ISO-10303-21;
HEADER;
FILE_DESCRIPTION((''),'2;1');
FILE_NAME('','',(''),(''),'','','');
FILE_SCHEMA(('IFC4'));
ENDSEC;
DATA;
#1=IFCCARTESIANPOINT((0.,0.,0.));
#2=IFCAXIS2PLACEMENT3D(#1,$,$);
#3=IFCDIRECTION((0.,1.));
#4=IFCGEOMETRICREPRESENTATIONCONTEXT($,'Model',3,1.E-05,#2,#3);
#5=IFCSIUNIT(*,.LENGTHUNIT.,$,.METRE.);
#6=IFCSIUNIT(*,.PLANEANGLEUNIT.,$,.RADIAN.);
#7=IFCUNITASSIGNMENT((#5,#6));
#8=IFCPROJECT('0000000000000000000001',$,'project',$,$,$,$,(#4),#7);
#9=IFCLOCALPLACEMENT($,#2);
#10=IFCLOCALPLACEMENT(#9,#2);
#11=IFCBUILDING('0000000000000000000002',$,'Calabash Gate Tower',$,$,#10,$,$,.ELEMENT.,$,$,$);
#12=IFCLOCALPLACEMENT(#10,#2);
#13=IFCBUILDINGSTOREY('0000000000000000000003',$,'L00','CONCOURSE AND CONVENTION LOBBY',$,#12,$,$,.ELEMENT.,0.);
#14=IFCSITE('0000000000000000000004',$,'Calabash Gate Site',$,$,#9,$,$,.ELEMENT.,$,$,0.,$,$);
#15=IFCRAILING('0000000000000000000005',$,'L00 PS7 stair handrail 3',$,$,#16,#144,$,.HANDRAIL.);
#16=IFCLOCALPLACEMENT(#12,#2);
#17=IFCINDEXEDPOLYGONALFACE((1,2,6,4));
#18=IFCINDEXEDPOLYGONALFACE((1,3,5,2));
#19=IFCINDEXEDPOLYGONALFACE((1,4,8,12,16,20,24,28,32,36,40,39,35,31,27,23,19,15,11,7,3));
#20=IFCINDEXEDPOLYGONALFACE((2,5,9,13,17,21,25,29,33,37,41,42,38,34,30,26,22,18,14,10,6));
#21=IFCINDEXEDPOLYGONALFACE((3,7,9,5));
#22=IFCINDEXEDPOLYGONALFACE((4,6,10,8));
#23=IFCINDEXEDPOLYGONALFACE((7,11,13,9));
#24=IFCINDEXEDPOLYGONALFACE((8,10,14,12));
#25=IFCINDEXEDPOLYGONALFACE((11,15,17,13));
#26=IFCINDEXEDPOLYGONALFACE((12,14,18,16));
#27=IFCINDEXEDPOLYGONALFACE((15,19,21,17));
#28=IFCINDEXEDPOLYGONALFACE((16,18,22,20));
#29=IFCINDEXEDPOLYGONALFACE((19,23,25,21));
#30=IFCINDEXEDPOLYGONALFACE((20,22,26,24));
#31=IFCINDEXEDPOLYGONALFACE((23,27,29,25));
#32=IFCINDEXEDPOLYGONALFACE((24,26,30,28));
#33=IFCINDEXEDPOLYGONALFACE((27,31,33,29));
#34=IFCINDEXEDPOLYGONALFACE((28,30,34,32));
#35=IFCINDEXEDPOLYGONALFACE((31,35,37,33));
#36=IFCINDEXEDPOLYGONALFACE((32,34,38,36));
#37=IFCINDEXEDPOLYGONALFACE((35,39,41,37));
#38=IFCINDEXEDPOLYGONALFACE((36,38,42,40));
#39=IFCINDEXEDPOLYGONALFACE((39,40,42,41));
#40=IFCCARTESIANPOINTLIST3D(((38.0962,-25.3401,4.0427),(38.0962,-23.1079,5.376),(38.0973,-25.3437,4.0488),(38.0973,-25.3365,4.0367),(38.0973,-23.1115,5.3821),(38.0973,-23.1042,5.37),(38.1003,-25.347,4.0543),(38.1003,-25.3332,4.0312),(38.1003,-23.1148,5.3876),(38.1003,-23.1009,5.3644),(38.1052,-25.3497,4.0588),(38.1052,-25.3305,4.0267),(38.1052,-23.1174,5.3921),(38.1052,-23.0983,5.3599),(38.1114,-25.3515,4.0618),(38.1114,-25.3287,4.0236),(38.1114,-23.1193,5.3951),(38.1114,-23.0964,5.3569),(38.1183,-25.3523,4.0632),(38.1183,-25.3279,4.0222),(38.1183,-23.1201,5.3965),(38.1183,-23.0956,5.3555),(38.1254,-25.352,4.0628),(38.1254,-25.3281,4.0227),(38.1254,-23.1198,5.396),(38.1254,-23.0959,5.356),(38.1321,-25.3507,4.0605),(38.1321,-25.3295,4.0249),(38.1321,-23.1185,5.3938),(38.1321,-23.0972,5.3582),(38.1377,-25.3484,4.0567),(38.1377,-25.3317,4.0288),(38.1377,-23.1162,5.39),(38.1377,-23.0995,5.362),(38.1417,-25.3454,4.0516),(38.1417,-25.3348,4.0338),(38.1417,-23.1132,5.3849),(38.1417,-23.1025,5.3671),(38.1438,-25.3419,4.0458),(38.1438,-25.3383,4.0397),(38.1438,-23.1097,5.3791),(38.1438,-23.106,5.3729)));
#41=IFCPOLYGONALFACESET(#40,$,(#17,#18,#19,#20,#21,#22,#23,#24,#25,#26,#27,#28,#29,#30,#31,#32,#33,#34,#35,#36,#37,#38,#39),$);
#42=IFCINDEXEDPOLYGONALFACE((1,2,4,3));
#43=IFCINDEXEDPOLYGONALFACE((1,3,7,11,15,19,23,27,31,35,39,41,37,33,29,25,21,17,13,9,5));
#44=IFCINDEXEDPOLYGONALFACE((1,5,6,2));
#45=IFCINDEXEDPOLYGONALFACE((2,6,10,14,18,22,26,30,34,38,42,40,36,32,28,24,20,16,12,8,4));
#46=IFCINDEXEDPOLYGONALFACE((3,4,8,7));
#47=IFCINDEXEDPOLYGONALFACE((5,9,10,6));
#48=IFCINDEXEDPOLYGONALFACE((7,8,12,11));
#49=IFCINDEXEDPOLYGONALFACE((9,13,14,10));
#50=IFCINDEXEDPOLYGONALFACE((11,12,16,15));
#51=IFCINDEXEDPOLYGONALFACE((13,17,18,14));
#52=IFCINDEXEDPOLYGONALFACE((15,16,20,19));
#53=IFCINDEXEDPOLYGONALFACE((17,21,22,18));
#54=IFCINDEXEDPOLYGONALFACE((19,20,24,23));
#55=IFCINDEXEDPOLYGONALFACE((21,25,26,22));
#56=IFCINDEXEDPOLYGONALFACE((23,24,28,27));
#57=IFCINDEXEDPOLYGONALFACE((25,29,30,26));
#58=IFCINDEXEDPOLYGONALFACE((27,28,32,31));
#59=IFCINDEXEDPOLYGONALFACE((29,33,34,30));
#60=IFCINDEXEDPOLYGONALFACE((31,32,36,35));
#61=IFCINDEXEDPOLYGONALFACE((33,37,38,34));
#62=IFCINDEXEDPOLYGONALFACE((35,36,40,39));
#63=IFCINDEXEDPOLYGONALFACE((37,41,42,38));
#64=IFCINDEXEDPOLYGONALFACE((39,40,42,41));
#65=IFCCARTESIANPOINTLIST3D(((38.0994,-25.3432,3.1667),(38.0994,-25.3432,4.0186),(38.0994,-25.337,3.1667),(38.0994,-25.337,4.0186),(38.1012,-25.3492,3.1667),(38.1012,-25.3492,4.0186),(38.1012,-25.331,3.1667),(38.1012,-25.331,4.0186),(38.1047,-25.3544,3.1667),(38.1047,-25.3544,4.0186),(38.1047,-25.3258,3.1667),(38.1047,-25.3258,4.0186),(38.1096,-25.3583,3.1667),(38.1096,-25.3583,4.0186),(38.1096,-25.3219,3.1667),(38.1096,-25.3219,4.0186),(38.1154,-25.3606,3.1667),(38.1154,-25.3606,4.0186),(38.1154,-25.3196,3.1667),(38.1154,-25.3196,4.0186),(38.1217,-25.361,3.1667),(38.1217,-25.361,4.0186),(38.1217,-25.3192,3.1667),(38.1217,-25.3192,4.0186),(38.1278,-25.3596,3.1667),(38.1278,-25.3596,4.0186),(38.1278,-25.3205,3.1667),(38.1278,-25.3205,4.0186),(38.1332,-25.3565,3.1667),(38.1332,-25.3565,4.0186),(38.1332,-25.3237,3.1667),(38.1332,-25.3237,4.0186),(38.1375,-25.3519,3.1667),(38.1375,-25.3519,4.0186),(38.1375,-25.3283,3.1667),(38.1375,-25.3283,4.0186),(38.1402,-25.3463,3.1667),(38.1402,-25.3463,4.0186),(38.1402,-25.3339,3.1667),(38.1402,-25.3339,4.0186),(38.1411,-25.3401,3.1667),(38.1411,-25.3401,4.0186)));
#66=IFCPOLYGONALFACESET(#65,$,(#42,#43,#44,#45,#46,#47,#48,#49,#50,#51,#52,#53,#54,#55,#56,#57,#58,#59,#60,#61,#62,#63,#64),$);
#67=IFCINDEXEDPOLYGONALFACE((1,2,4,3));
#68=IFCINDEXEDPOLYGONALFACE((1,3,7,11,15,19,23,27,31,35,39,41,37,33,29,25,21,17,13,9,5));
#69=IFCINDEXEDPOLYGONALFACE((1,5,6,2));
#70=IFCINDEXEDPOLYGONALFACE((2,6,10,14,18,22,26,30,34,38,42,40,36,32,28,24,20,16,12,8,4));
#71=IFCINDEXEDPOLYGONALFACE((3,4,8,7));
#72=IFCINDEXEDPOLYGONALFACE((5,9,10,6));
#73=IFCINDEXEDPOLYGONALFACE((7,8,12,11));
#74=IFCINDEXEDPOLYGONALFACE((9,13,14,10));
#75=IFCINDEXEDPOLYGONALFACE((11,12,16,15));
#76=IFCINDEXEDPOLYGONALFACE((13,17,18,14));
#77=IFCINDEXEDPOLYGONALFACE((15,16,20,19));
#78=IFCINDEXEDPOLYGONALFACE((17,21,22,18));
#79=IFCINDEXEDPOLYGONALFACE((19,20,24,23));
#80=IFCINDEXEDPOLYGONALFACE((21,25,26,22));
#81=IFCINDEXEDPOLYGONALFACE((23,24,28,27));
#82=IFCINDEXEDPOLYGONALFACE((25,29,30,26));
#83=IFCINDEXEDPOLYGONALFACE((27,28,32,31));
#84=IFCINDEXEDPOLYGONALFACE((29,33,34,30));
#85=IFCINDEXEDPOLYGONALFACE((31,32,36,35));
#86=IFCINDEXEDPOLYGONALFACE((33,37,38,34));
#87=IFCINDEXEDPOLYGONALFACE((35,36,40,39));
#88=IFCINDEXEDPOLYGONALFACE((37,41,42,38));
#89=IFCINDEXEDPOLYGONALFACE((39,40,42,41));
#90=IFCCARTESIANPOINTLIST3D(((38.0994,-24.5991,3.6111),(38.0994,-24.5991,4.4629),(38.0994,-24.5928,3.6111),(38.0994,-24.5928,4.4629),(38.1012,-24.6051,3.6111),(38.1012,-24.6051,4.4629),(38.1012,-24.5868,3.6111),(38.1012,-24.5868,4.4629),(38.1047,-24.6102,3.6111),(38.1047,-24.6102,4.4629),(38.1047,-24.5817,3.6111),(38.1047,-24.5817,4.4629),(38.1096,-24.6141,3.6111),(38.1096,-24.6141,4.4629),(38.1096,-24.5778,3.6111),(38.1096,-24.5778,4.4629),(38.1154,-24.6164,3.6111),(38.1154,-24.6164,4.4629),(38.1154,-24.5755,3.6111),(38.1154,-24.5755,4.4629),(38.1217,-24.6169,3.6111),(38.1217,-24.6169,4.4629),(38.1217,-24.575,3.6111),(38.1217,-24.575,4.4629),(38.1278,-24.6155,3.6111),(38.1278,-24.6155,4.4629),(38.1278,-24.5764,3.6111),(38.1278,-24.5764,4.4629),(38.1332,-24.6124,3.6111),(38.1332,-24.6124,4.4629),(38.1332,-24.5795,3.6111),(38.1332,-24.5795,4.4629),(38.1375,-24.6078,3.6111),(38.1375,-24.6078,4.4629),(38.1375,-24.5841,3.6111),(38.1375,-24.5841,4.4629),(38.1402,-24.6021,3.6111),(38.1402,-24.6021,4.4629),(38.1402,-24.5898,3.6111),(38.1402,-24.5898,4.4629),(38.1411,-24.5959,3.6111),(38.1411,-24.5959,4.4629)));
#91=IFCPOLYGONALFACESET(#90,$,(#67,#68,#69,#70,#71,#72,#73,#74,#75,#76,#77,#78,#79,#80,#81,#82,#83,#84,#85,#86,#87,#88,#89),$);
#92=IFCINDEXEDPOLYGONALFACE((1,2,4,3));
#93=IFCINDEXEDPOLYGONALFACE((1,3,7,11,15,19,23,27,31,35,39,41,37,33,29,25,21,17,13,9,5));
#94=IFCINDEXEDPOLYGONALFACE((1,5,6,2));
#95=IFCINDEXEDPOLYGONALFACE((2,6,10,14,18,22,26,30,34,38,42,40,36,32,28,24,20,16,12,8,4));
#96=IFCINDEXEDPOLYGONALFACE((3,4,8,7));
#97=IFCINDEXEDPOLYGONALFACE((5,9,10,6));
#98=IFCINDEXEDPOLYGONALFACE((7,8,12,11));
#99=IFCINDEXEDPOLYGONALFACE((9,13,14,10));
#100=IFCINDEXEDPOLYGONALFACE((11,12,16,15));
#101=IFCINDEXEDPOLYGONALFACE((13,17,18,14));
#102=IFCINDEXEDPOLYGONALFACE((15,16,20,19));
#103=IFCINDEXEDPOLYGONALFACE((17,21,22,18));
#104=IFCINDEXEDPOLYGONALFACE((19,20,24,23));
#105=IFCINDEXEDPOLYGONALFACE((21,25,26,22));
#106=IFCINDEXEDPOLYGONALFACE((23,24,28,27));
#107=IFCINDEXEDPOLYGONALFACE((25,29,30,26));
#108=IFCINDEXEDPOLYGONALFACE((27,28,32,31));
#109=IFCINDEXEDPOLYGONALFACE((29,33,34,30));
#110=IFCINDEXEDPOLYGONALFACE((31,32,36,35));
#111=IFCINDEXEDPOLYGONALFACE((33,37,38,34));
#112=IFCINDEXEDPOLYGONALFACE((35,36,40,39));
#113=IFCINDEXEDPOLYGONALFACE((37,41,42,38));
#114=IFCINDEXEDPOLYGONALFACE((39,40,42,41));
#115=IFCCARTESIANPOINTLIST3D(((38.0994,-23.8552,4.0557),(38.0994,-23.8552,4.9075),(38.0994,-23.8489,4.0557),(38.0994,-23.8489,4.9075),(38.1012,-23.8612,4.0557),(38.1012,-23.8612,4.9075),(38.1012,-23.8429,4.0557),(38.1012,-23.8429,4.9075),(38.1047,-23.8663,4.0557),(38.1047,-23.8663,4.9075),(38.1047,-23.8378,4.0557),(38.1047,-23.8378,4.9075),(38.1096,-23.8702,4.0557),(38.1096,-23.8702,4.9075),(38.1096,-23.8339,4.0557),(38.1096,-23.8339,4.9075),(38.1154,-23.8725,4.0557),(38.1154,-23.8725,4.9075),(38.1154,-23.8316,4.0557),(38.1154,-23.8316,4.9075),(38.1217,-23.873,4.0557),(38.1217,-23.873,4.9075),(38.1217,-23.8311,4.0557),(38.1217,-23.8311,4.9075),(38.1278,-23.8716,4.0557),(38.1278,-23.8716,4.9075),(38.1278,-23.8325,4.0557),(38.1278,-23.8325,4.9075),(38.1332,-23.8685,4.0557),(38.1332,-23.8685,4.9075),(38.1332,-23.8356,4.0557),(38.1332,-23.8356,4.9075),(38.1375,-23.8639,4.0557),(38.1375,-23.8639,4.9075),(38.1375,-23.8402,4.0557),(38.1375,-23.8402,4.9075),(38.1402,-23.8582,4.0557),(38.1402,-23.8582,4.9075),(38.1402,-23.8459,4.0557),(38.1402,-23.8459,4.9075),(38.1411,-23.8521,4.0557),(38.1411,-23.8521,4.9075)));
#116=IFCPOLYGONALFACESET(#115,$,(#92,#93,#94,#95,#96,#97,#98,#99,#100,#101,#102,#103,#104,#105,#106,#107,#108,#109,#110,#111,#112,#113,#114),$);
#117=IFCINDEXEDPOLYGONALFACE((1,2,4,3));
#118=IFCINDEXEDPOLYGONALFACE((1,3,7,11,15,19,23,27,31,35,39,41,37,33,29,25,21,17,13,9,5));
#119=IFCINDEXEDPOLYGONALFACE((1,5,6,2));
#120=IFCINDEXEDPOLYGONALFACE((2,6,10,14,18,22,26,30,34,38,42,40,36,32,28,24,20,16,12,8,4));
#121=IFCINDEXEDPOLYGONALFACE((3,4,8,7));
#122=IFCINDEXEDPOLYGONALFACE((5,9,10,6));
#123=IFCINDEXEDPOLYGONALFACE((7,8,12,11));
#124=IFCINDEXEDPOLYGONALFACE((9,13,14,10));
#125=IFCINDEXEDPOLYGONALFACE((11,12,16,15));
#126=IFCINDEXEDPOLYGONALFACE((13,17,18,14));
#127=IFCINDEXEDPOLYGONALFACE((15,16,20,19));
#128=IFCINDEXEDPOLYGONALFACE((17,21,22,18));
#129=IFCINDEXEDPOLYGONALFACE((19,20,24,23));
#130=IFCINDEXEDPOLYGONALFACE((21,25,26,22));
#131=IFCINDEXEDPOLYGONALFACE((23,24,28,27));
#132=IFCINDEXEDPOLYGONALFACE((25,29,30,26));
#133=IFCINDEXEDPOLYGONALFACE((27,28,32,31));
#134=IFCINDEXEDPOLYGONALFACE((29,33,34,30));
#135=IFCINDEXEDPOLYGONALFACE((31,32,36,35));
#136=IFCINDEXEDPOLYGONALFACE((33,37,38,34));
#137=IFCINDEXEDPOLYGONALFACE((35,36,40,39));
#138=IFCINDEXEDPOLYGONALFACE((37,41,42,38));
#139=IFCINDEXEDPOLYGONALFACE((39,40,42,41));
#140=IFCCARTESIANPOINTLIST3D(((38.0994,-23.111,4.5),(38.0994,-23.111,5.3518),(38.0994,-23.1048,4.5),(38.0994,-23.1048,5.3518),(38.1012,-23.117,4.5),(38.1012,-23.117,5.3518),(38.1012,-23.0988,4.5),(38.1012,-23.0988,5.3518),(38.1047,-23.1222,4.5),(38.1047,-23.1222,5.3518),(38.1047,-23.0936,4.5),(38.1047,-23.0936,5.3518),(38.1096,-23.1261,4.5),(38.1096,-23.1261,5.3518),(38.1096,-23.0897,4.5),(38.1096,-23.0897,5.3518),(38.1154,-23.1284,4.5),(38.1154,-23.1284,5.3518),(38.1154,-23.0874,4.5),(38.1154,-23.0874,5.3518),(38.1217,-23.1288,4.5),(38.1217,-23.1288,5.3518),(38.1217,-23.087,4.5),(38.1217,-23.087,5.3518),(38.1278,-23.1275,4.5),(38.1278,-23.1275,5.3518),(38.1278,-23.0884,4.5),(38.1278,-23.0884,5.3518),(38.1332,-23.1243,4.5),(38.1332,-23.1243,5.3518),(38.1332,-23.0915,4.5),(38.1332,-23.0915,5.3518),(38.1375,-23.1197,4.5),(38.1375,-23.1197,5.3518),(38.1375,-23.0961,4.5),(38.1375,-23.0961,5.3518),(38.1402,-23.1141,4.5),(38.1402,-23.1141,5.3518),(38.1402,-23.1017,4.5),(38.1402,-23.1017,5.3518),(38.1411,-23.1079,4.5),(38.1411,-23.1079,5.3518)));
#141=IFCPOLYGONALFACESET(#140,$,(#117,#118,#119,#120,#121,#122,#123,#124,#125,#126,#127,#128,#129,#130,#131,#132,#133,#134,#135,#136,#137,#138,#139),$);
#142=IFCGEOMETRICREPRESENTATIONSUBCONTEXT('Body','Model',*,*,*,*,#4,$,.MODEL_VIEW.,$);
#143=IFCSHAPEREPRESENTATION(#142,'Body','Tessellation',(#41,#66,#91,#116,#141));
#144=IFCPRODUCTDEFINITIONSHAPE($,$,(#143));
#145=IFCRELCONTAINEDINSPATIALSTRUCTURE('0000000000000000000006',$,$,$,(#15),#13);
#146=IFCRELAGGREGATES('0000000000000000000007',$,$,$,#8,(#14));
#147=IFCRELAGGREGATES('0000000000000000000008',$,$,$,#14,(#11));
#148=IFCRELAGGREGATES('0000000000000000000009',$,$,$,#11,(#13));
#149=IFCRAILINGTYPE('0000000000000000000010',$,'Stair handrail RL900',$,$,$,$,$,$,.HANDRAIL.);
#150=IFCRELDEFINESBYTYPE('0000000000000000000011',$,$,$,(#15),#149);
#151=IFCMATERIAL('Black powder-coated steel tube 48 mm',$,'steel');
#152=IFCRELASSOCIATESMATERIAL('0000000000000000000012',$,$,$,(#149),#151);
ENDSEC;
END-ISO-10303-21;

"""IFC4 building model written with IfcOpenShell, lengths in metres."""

from ifc_helpers import new_model, si_unit, direction, frame, origin, origin_2d, place, context, subcontext, project, spatial, circle, extrude, material, type_object, element, save


model = new_model("IFC4")

# Units and contexts
model_context = context("Model", 3, precision=1e-05, world=origin(), true_north=direction((0.0, 1.0)))
body_context = subcontext(model_context, "Body", "Model", "MODEL_VIEW")
ifc_project = project(units=[si_unit("LENGTHUNIT", "METRE"), si_unit("PLANEANGLEUNIT", "RADIAN")], contexts=[model_context])

# Site, building, storey
site_placement = place(None, origin())
site = spatial("IfcSite", under=ifc_project, at=site_placement, Name="Calabash Gate Site", CompositionType="ELEMENT", RefElevation=0.0)
building_placement = place(site_placement, origin())
building = spatial("IfcBuilding", under=site, at=building_placement, Name="Calabash Gate Tower", CompositionType="ELEMENT")
storey_placement = place(building_placement, origin())
storey = spatial("IfcBuildingStorey", under=building, at=storey_placement, Name="L00", Description="CONCOURSE AND CONVENTION LOBBY", CompositionType="ELEMENT", Elevation=0.0)

# Railing
ifc_material_1 = material(Name="Black powder-coated steel tube 48 mm", Category="steel")
railing_type_1 = type_object("IfcRailingType", Name="Stair handrail RL900", PredefinedType="HANDRAIL", material=ifc_material_1)
for number, where, name in (
    (1, (38.1201, -25.3401, 3.1667), "L00 PS7 stair handrail 3"),
):
    element("IfcRailing", number, at=place(storey_placement, frame(where)), inside=storey, type_object=railing_type_1, Name=name, PredefinedType="HANDRAIL", context=body_context, shape_type="SweptSolid", body=[
        extrude(circle(Radius=0.0239, at=origin_2d()), frame((0.0, 0.0, 0.876), z_axis=(0.0, 0.858519, 0.512782), x_axis=(-1.0, 0.0, 0.0)), (0.0, 0.0, 1.0), 2.6001),
        extrude(circle(Radius=0.021, at=origin_2d()), origin(), (0.0, 0.0, 1.0), 0.8518),
        extrude(circle(Radius=0.021, at=origin_2d()), frame((0.0, 0.7441, 0.4443)), (0.0, 0.0, 1.0), 0.8518),
        extrude(circle(Radius=0.021, at=origin_2d()), frame((0.0, 1.488, 0.8889)), (0.0, 0.0, 1.0), 0.8518),
        extrude(circle(Radius=0.021, at=origin_2d()), frame((0.0, 2.2322, 1.3333)), (0.0, 0.0, 1.0), 0.8518),
    ])

save(model, "model.ifc")
